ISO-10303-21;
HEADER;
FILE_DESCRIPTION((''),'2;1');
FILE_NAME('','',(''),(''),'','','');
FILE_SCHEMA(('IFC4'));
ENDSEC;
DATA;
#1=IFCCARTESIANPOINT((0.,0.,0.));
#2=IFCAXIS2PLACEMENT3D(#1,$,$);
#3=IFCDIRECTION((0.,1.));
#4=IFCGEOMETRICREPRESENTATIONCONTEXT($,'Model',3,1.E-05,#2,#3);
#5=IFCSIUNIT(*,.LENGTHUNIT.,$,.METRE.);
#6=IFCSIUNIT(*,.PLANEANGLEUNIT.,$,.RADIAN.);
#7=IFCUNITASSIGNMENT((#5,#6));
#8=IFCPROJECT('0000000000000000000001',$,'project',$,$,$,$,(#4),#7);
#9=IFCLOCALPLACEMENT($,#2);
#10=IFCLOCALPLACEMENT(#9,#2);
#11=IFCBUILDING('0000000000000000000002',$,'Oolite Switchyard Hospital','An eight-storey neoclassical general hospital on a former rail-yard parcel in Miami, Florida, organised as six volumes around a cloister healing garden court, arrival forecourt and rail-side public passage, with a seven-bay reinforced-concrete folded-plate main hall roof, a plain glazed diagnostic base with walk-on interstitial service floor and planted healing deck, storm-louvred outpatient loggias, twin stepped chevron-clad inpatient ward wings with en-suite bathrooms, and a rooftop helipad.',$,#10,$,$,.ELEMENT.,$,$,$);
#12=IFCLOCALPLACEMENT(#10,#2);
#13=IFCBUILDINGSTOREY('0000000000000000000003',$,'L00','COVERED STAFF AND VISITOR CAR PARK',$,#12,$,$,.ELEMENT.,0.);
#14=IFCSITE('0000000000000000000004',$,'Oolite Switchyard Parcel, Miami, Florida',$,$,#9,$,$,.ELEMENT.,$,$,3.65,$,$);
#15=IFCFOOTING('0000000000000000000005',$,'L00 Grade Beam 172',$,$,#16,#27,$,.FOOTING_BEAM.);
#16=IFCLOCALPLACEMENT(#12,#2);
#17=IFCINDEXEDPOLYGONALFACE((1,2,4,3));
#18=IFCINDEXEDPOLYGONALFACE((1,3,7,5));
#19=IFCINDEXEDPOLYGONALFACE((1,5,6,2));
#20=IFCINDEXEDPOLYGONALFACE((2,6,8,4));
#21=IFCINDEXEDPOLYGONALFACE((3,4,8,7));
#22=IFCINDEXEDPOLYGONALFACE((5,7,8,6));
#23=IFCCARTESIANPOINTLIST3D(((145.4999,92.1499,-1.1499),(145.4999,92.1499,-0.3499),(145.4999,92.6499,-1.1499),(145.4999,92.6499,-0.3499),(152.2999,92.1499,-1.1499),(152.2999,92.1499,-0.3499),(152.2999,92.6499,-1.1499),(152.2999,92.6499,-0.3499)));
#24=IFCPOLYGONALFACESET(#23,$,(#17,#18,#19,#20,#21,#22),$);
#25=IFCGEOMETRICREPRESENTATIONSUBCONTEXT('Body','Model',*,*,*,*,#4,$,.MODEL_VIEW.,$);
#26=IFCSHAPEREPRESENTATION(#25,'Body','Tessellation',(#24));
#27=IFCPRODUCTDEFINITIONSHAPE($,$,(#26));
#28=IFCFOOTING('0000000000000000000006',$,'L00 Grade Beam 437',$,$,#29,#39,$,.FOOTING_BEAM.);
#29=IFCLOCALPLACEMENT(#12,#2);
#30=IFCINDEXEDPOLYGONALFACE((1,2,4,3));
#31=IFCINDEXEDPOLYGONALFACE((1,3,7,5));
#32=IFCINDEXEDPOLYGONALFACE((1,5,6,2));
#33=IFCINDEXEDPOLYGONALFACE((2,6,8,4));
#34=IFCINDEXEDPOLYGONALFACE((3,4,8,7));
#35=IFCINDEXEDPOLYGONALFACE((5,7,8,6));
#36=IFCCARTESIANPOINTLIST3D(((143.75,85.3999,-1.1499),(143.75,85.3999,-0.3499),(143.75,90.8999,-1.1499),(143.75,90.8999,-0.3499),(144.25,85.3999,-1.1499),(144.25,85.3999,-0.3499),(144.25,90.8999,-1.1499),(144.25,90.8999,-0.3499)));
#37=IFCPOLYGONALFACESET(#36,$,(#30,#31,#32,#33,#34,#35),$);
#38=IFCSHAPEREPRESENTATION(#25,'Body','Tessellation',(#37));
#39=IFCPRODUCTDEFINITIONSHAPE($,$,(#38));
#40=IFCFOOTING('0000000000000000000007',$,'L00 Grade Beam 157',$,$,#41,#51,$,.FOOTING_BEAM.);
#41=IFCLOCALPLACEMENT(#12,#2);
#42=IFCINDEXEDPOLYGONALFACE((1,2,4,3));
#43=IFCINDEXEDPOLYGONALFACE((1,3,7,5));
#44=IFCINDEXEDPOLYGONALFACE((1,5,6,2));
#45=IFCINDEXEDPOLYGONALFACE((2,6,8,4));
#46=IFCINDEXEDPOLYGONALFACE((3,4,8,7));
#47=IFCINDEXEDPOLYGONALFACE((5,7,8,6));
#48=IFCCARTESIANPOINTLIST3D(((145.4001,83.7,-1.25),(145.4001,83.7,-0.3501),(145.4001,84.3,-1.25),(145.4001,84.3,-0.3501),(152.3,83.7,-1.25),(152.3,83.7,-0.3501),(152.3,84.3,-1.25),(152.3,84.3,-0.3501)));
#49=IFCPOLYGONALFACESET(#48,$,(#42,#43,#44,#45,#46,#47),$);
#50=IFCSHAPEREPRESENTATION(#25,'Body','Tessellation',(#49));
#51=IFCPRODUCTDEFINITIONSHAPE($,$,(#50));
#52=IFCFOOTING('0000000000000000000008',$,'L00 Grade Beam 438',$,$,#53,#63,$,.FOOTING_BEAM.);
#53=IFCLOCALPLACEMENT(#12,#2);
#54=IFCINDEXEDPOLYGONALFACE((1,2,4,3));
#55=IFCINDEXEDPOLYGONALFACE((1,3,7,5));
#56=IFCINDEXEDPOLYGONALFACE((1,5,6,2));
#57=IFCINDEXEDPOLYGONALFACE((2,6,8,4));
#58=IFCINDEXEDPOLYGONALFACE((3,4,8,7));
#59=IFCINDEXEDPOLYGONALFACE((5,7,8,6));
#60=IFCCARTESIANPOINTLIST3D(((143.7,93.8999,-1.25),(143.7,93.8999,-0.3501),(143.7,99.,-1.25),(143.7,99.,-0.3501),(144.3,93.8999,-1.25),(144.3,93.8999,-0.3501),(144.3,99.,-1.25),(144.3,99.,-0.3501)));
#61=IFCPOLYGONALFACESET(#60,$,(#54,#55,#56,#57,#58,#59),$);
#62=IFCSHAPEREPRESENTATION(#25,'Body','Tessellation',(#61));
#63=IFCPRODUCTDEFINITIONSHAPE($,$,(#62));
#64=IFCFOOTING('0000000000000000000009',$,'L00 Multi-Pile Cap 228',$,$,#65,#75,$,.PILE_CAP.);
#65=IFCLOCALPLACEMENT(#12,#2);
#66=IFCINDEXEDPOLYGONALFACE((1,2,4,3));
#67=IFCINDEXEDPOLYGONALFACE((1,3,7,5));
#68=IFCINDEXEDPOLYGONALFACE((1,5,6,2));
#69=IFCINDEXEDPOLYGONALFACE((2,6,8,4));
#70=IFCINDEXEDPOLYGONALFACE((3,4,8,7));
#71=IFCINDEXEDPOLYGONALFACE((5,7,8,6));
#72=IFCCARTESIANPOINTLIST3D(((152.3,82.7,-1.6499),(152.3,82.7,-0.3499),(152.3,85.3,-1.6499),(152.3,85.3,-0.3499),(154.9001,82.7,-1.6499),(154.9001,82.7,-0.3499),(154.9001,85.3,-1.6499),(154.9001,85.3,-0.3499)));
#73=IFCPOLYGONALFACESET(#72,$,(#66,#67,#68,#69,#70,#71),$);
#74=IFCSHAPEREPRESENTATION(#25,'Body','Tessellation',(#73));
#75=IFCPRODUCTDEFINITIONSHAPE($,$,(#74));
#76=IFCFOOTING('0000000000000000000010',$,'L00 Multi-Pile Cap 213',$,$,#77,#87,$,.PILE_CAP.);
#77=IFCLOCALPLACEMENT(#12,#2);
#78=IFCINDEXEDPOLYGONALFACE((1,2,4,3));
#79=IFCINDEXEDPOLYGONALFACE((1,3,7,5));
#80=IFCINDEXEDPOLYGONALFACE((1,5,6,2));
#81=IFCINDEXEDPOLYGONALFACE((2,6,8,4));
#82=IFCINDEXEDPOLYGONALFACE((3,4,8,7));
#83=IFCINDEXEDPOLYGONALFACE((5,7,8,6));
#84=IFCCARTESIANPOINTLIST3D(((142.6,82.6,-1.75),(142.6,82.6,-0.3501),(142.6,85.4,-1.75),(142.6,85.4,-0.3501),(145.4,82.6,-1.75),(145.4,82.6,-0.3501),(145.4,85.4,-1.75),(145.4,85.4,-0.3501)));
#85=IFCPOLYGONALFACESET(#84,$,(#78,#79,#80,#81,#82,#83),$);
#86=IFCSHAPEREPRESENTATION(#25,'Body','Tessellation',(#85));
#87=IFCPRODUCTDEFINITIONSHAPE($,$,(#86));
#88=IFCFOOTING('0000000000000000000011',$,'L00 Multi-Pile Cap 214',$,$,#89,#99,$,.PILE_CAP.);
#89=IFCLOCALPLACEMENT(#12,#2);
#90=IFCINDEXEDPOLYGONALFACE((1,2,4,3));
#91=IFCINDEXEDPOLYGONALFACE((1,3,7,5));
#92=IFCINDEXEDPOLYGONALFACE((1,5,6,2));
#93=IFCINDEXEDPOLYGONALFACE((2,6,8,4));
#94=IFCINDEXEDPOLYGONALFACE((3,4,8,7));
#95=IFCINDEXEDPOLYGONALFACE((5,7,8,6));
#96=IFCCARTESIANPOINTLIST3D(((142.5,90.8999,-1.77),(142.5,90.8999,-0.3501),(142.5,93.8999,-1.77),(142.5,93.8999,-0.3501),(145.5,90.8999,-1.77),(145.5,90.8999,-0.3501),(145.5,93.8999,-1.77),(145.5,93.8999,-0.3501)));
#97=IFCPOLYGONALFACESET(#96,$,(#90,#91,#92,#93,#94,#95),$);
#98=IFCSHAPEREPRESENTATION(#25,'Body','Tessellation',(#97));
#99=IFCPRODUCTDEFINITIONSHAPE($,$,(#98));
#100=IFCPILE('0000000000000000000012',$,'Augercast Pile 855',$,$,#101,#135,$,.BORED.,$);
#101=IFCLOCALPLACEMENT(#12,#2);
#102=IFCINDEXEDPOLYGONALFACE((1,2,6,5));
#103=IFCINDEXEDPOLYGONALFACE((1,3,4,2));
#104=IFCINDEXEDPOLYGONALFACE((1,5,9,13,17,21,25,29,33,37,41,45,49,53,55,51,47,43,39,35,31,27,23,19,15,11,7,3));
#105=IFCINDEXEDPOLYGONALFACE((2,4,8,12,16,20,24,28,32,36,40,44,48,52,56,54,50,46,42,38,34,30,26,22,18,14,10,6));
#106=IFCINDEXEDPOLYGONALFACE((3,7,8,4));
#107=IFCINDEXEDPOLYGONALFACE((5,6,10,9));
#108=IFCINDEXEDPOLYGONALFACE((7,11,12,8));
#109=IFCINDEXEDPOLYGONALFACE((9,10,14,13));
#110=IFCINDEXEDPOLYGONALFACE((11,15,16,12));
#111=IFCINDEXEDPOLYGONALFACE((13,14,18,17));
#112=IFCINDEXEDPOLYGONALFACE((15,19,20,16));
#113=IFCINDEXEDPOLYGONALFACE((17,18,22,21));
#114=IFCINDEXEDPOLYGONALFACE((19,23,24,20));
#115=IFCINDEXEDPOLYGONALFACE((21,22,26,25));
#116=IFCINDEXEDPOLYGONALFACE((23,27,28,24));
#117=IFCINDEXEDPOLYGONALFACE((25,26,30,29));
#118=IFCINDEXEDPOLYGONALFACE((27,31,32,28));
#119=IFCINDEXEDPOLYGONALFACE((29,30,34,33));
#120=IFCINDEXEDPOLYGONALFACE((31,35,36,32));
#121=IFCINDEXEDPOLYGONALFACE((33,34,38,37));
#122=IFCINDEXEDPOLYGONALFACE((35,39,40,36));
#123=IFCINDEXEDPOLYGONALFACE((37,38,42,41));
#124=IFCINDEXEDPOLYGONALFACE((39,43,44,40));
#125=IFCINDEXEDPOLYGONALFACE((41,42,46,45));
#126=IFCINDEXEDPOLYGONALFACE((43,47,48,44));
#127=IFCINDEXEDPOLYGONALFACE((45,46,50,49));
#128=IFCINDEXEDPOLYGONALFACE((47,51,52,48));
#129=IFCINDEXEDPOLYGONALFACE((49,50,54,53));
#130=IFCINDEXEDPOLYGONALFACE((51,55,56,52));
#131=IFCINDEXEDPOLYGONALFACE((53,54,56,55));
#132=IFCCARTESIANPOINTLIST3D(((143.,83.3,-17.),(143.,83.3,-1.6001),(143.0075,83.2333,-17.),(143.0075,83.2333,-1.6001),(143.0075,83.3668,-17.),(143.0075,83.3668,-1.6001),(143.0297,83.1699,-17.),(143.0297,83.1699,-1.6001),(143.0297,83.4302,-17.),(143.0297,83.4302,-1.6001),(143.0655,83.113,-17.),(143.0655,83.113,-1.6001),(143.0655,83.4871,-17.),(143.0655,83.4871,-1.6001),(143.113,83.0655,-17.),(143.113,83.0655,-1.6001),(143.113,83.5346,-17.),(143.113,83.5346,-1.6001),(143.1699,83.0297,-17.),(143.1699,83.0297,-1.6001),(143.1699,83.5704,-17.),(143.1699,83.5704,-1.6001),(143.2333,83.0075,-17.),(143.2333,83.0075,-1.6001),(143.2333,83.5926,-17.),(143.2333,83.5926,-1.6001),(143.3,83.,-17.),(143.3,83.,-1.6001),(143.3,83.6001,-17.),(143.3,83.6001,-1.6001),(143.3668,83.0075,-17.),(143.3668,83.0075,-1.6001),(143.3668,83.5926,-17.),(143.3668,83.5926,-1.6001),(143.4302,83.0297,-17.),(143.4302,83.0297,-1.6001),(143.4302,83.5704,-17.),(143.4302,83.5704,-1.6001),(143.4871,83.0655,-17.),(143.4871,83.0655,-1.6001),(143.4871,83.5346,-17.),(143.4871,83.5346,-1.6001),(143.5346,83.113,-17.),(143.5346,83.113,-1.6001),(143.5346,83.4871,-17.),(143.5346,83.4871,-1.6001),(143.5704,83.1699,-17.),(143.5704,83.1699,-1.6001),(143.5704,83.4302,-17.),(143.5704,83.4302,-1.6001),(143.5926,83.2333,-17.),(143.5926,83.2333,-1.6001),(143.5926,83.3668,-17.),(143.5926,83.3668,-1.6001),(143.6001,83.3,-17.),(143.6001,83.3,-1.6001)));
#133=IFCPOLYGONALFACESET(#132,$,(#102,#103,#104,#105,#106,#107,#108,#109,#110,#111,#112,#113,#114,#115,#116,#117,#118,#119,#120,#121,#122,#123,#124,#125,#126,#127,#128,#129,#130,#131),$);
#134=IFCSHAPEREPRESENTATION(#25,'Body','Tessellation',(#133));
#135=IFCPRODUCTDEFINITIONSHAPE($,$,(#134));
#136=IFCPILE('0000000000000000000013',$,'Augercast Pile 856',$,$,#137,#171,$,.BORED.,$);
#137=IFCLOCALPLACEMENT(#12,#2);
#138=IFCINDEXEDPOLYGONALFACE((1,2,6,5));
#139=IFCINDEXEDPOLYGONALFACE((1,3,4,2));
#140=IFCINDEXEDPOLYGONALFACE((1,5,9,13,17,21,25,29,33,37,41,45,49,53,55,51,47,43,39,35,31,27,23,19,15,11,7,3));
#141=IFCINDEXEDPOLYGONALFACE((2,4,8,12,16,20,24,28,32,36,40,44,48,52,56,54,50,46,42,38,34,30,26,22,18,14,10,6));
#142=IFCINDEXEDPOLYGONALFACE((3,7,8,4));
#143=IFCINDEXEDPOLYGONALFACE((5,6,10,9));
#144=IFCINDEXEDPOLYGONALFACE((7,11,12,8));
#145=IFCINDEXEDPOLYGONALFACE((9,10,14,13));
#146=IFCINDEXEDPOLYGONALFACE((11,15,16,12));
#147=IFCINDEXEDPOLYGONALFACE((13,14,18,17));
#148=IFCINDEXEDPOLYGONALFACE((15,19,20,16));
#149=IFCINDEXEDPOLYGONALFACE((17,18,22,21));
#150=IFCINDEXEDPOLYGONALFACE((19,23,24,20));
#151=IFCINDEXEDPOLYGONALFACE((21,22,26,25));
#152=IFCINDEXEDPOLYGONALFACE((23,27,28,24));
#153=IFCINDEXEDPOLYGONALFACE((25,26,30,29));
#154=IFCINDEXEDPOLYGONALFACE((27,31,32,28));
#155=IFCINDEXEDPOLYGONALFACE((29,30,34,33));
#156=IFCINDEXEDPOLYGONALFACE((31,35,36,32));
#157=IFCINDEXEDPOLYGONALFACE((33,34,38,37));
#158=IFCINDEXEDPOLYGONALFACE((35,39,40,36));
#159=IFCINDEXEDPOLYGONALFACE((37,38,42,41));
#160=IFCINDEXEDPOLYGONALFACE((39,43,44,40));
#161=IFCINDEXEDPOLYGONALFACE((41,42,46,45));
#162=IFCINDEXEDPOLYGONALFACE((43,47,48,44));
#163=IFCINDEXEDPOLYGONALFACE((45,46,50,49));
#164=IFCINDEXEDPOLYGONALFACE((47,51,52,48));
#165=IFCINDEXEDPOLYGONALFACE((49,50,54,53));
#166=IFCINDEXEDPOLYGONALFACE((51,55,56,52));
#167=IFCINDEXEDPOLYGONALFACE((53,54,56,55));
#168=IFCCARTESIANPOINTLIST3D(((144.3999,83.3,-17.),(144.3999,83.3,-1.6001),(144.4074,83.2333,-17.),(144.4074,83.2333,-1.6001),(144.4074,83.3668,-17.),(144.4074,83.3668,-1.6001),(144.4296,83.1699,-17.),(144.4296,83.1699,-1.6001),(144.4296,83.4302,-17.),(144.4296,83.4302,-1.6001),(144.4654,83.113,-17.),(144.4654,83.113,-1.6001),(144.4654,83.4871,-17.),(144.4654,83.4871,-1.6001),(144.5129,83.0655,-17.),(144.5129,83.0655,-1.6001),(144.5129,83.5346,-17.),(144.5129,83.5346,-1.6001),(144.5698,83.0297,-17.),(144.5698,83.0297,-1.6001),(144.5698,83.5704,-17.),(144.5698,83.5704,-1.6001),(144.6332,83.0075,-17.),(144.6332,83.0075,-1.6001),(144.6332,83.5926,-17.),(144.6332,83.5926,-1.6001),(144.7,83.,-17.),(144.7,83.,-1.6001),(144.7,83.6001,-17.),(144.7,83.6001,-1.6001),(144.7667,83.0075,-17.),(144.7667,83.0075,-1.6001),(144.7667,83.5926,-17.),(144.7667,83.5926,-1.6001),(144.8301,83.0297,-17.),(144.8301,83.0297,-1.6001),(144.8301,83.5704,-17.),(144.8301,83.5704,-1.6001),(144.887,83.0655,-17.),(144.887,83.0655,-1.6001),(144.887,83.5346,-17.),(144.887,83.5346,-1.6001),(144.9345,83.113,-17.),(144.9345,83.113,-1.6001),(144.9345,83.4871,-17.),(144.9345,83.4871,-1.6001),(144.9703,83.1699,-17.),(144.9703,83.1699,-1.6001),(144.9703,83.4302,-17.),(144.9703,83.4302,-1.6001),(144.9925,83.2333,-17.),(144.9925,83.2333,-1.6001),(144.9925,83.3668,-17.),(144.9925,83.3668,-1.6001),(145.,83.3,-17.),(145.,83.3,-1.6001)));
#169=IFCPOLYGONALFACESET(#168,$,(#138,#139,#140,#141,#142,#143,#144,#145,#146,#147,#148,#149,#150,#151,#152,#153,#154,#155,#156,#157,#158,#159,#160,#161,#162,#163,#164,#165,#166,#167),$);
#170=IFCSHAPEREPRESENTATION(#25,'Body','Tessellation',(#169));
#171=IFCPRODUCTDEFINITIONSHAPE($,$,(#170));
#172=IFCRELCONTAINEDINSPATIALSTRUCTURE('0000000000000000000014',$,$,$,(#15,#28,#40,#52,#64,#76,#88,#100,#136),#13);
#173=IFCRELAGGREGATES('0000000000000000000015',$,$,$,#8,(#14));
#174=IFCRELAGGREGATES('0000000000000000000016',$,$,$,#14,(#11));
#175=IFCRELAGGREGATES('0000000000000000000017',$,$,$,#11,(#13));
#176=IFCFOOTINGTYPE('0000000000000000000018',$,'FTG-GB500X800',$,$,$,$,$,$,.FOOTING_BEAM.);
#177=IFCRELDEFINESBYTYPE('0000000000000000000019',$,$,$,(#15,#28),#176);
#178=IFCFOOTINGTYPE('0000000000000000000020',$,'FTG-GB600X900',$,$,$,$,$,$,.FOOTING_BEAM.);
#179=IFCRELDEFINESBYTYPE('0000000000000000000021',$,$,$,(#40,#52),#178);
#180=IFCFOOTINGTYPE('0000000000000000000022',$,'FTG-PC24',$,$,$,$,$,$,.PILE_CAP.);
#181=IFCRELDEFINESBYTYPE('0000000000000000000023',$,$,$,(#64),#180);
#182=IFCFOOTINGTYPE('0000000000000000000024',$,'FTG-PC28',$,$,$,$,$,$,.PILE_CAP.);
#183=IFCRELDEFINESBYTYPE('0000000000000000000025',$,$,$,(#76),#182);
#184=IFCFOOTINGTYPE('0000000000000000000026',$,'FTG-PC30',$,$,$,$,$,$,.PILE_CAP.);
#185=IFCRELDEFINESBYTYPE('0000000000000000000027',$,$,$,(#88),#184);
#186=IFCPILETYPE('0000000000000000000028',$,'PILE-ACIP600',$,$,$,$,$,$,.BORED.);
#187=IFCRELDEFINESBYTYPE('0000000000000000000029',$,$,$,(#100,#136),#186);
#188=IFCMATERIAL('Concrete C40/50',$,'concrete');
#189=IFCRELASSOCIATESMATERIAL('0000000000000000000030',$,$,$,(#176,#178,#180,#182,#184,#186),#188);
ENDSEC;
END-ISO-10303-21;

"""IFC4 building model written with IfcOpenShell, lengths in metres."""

from ifc_helpers import new_model, si_unit, direction, frame, origin, origin_2d, place, context, subcontext, project, spatial, rectangle, circle, extrude, material, material_profile, profile_set, type_object, element, save


model = new_model("IFC4")

# Units and contexts
model_context = context("Model", 3, precision=1e-05, world=origin(), true_north=direction((0.0, 1.0)))
body_context = subcontext(model_context, "Body", "Model", "MODEL_VIEW")
ifc_project = project(units=[si_unit("LENGTHUNIT", "METRE"), si_unit("PLANEANGLEUNIT", "RADIAN")], contexts=[model_context])

# Site, building, storey
site_placement = place(None, origin())
site = spatial("IfcSite", under=ifc_project, at=site_placement, Name="Oolite Switchyard Parcel, Miami, Florida", CompositionType="ELEMENT", RefElevation=3.65)
building_placement = place(site_placement, origin())
building = spatial("IfcBuilding", under=site, at=building_placement, Name="Oolite Switchyard Hospital", Description="An eight-storey neoclassical general hospital on a former rail-yard parcel in Miami, Florida, organised as six volumes around a cloister healing garden court, arrival forecourt and rail-side public passage, with a seven-bay reinforced-concrete folded-plate main hall roof, a plain glazed diagnostic base with walk-on interstitial service floor and planted healing deck, storm-louvred outpatient loggias, twin stepped chevron-clad inpatient ward wings with en-suite bathrooms, and a rooftop helipad.", CompositionType="ELEMENT")
storey_placement = place(building_placement, origin())
storey = spatial("IfcBuildingStorey", under=building, at=storey_placement, Name="L00", Description="COVERED STAFF AND VISITOR CAR PARK", CompositionType="ELEMENT", Elevation=0.0)

# Footings
ifc_material_1 = material(Name="Concrete C40/50", Category="concrete")
footing_type_1 = type_object("IfcFootingType", Name="FTG-GB500X800", PredefinedType="FOOTING_BEAM", material=ifc_material_1)
footing_1_placement = place(storey_placement, frame((148.8999, 92.3999, -1.1499), z_axis=(0.0, 0.0, 1.0), x_axis=(1.0, 0.0, 0.0)))
element("IfcFooting", 1, at=footing_1_placement, inside=storey, type_object=footing_type_1, Name="L00 Grade Beam 172", PredefinedType="FOOTING_BEAM", context=body_context, shape_type="SweptSolid", body=[
    extrude(rectangle(XDim=6.8, YDim=0.5, at=origin_2d()), origin(), (0.0, 0.0, 1.0), 0.8),
])
footing_2_placement = place(storey_placement, frame((144.0, 88.1499, -1.1499), z_axis=(0.0, 0.0, 1.0), x_axis=(0.0, 1.0, 0.0)))
element("IfcFooting", 2, at=footing_2_placement, inside=storey, type_object=footing_type_1, Name="L00 Grade Beam 437", PredefinedType="FOOTING_BEAM", context=body_context, shape_type="SweptSolid", body=[
    extrude(rectangle(XDim=5.5, YDim=0.5, at=origin_2d()), origin(), (0.0, 0.0, 1.0), 0.8),
])
footing_type_2 = type_object("IfcFootingType", Name="FTG-GB600X900", PredefinedType="FOOTING_BEAM", material=ifc_material_1)
footing_3_placement = place(storey_placement, frame((148.8501, 84.0, -1.25), z_axis=(0.0, 0.0, 1.0), x_axis=(1.0, 0.0, 0.0)))
element("IfcFooting", 3, at=footing_3_placement, inside=storey, type_object=footing_type_2, Name="L00 Grade Beam 157", PredefinedType="FOOTING_BEAM", context=body_context, shape_type="SweptSolid", body=[
    extrude(rectangle(XDim=6.8999, YDim=0.6001, at=origin_2d()), origin(), (0.0, 0.0, 1.0), 0.8999),
])
footing_4_placement = place(storey_placement, frame((144.0, 96.45, -1.25), z_axis=(0.0, 0.0, 1.0), x_axis=(0.0, 1.0, 0.0)))
element("IfcFooting", 4, at=footing_4_placement, inside=storey, type_object=footing_type_2, Name="L00 Grade Beam 438", PredefinedType="FOOTING_BEAM", context=body_context, shape_type="SweptSolid", body=[
    extrude(rectangle(XDim=5.1001, YDim=0.6001, at=origin_2d()), origin(), (0.0, 0.0, 1.0), 0.8999),
])
footing_type_3 = type_object("IfcFootingType", Name="FTG-PC24", PredefinedType="PILE_CAP", material=ifc_material_1)
footing_5_placement = place(storey_placement, frame((153.6001, 84.0, -1.6499), z_axis=(0.0, 0.0, 1.0), x_axis=(1.0, 0.0, 0.0)))
element("IfcFooting", 5, at=footing_5_placement, inside=storey, type_object=footing_type_3, Name="L00 Multi-Pile Cap 228", PredefinedType="PILE_CAP", context=body_context, shape_type="SweptSolid", body=[
    extrude(rectangle(XDim=2.6001, YDim=2.6001, at=origin_2d()), origin(), (0.0, 0.0, 1.0), 1.3),
])
footing_type_4 = type_object("IfcFootingType", Name="FTG-PC28", PredefinedType="PILE_CAP", material=ifc_material_1)
footing_6_placement = place(storey_placement, frame((144.0, 84.0, -1.75), z_axis=(0.0, 0.0, 1.0), x_axis=(1.0, 0.0, 0.0)))
element("IfcFooting", 6, at=footing_6_placement, inside=storey, type_object=footing_type_4, Name="L00 Multi-Pile Cap 213", PredefinedType="PILE_CAP", context=body_context, shape_type="SweptSolid", body=[
    extrude(rectangle(XDim=2.8, YDim=2.8, at=origin_2d()), origin(), (0.0, 0.0, 1.0), 1.3999),
])
footing_type_5 = type_object("IfcFootingType", Name="FTG-PC30", PredefinedType="PILE_CAP", material=ifc_material_1)
footing_7_placement = place(storey_placement, frame((144.0, 92.3999, -1.77), z_axis=(0.0, 0.0, 1.0), x_axis=(1.0, 0.0, 0.0)))
element("IfcFooting", 7, at=footing_7_placement, inside=storey, type_object=footing_type_5, Name="L00 Multi-Pile Cap 214", PredefinedType="PILE_CAP", context=body_context, shape_type="SweptSolid", body=[
    extrude(rectangle(XDim=3.0, YDim=3.0, at=origin_2d()), origin(), (0.0, 0.0, 1.0), 1.4199),
])

# Piles
ifc_material_profile_1 = material_profile(ifc_material_1, circle(Radius=0.3, at=origin_2d()), Name="PILE600")
ifc_profile_set_1 = profile_set([ifc_material_profile_1], Name="Concrete C40/50")
pile_type = type_object("IfcPileType", Name="PILE-ACIP600", PredefinedType="BORED", material=ifc_profile_set_1)
for number, where, z_axis, x_axis, name in (
    (8, (143.3, 83.3, -1.6001), (0.0, 0.0, -1.0), (1.0, 0.0, 0.0), "Augercast Pile 855"),
    (9, (144.7, 83.3, -1.6001), (0.0, 0.0, -1.0), (1.0, 0.0, 0.0), "Augercast Pile 856"),
):
    element("IfcPile", number, at=place(storey_placement, frame(where, z_axis=z_axis, x_axis=x_axis)), inside=storey, type_object=pile_type, Name=name, PredefinedType="BORED", context=body_context, shape_type="SweptSolid", body=[
        extrude(circle(Radius=0.3, at=origin_2d()), origin(), (0.0, 0.0, 1.0), 15.3999),
    ])

save(model, "model.ifc")
